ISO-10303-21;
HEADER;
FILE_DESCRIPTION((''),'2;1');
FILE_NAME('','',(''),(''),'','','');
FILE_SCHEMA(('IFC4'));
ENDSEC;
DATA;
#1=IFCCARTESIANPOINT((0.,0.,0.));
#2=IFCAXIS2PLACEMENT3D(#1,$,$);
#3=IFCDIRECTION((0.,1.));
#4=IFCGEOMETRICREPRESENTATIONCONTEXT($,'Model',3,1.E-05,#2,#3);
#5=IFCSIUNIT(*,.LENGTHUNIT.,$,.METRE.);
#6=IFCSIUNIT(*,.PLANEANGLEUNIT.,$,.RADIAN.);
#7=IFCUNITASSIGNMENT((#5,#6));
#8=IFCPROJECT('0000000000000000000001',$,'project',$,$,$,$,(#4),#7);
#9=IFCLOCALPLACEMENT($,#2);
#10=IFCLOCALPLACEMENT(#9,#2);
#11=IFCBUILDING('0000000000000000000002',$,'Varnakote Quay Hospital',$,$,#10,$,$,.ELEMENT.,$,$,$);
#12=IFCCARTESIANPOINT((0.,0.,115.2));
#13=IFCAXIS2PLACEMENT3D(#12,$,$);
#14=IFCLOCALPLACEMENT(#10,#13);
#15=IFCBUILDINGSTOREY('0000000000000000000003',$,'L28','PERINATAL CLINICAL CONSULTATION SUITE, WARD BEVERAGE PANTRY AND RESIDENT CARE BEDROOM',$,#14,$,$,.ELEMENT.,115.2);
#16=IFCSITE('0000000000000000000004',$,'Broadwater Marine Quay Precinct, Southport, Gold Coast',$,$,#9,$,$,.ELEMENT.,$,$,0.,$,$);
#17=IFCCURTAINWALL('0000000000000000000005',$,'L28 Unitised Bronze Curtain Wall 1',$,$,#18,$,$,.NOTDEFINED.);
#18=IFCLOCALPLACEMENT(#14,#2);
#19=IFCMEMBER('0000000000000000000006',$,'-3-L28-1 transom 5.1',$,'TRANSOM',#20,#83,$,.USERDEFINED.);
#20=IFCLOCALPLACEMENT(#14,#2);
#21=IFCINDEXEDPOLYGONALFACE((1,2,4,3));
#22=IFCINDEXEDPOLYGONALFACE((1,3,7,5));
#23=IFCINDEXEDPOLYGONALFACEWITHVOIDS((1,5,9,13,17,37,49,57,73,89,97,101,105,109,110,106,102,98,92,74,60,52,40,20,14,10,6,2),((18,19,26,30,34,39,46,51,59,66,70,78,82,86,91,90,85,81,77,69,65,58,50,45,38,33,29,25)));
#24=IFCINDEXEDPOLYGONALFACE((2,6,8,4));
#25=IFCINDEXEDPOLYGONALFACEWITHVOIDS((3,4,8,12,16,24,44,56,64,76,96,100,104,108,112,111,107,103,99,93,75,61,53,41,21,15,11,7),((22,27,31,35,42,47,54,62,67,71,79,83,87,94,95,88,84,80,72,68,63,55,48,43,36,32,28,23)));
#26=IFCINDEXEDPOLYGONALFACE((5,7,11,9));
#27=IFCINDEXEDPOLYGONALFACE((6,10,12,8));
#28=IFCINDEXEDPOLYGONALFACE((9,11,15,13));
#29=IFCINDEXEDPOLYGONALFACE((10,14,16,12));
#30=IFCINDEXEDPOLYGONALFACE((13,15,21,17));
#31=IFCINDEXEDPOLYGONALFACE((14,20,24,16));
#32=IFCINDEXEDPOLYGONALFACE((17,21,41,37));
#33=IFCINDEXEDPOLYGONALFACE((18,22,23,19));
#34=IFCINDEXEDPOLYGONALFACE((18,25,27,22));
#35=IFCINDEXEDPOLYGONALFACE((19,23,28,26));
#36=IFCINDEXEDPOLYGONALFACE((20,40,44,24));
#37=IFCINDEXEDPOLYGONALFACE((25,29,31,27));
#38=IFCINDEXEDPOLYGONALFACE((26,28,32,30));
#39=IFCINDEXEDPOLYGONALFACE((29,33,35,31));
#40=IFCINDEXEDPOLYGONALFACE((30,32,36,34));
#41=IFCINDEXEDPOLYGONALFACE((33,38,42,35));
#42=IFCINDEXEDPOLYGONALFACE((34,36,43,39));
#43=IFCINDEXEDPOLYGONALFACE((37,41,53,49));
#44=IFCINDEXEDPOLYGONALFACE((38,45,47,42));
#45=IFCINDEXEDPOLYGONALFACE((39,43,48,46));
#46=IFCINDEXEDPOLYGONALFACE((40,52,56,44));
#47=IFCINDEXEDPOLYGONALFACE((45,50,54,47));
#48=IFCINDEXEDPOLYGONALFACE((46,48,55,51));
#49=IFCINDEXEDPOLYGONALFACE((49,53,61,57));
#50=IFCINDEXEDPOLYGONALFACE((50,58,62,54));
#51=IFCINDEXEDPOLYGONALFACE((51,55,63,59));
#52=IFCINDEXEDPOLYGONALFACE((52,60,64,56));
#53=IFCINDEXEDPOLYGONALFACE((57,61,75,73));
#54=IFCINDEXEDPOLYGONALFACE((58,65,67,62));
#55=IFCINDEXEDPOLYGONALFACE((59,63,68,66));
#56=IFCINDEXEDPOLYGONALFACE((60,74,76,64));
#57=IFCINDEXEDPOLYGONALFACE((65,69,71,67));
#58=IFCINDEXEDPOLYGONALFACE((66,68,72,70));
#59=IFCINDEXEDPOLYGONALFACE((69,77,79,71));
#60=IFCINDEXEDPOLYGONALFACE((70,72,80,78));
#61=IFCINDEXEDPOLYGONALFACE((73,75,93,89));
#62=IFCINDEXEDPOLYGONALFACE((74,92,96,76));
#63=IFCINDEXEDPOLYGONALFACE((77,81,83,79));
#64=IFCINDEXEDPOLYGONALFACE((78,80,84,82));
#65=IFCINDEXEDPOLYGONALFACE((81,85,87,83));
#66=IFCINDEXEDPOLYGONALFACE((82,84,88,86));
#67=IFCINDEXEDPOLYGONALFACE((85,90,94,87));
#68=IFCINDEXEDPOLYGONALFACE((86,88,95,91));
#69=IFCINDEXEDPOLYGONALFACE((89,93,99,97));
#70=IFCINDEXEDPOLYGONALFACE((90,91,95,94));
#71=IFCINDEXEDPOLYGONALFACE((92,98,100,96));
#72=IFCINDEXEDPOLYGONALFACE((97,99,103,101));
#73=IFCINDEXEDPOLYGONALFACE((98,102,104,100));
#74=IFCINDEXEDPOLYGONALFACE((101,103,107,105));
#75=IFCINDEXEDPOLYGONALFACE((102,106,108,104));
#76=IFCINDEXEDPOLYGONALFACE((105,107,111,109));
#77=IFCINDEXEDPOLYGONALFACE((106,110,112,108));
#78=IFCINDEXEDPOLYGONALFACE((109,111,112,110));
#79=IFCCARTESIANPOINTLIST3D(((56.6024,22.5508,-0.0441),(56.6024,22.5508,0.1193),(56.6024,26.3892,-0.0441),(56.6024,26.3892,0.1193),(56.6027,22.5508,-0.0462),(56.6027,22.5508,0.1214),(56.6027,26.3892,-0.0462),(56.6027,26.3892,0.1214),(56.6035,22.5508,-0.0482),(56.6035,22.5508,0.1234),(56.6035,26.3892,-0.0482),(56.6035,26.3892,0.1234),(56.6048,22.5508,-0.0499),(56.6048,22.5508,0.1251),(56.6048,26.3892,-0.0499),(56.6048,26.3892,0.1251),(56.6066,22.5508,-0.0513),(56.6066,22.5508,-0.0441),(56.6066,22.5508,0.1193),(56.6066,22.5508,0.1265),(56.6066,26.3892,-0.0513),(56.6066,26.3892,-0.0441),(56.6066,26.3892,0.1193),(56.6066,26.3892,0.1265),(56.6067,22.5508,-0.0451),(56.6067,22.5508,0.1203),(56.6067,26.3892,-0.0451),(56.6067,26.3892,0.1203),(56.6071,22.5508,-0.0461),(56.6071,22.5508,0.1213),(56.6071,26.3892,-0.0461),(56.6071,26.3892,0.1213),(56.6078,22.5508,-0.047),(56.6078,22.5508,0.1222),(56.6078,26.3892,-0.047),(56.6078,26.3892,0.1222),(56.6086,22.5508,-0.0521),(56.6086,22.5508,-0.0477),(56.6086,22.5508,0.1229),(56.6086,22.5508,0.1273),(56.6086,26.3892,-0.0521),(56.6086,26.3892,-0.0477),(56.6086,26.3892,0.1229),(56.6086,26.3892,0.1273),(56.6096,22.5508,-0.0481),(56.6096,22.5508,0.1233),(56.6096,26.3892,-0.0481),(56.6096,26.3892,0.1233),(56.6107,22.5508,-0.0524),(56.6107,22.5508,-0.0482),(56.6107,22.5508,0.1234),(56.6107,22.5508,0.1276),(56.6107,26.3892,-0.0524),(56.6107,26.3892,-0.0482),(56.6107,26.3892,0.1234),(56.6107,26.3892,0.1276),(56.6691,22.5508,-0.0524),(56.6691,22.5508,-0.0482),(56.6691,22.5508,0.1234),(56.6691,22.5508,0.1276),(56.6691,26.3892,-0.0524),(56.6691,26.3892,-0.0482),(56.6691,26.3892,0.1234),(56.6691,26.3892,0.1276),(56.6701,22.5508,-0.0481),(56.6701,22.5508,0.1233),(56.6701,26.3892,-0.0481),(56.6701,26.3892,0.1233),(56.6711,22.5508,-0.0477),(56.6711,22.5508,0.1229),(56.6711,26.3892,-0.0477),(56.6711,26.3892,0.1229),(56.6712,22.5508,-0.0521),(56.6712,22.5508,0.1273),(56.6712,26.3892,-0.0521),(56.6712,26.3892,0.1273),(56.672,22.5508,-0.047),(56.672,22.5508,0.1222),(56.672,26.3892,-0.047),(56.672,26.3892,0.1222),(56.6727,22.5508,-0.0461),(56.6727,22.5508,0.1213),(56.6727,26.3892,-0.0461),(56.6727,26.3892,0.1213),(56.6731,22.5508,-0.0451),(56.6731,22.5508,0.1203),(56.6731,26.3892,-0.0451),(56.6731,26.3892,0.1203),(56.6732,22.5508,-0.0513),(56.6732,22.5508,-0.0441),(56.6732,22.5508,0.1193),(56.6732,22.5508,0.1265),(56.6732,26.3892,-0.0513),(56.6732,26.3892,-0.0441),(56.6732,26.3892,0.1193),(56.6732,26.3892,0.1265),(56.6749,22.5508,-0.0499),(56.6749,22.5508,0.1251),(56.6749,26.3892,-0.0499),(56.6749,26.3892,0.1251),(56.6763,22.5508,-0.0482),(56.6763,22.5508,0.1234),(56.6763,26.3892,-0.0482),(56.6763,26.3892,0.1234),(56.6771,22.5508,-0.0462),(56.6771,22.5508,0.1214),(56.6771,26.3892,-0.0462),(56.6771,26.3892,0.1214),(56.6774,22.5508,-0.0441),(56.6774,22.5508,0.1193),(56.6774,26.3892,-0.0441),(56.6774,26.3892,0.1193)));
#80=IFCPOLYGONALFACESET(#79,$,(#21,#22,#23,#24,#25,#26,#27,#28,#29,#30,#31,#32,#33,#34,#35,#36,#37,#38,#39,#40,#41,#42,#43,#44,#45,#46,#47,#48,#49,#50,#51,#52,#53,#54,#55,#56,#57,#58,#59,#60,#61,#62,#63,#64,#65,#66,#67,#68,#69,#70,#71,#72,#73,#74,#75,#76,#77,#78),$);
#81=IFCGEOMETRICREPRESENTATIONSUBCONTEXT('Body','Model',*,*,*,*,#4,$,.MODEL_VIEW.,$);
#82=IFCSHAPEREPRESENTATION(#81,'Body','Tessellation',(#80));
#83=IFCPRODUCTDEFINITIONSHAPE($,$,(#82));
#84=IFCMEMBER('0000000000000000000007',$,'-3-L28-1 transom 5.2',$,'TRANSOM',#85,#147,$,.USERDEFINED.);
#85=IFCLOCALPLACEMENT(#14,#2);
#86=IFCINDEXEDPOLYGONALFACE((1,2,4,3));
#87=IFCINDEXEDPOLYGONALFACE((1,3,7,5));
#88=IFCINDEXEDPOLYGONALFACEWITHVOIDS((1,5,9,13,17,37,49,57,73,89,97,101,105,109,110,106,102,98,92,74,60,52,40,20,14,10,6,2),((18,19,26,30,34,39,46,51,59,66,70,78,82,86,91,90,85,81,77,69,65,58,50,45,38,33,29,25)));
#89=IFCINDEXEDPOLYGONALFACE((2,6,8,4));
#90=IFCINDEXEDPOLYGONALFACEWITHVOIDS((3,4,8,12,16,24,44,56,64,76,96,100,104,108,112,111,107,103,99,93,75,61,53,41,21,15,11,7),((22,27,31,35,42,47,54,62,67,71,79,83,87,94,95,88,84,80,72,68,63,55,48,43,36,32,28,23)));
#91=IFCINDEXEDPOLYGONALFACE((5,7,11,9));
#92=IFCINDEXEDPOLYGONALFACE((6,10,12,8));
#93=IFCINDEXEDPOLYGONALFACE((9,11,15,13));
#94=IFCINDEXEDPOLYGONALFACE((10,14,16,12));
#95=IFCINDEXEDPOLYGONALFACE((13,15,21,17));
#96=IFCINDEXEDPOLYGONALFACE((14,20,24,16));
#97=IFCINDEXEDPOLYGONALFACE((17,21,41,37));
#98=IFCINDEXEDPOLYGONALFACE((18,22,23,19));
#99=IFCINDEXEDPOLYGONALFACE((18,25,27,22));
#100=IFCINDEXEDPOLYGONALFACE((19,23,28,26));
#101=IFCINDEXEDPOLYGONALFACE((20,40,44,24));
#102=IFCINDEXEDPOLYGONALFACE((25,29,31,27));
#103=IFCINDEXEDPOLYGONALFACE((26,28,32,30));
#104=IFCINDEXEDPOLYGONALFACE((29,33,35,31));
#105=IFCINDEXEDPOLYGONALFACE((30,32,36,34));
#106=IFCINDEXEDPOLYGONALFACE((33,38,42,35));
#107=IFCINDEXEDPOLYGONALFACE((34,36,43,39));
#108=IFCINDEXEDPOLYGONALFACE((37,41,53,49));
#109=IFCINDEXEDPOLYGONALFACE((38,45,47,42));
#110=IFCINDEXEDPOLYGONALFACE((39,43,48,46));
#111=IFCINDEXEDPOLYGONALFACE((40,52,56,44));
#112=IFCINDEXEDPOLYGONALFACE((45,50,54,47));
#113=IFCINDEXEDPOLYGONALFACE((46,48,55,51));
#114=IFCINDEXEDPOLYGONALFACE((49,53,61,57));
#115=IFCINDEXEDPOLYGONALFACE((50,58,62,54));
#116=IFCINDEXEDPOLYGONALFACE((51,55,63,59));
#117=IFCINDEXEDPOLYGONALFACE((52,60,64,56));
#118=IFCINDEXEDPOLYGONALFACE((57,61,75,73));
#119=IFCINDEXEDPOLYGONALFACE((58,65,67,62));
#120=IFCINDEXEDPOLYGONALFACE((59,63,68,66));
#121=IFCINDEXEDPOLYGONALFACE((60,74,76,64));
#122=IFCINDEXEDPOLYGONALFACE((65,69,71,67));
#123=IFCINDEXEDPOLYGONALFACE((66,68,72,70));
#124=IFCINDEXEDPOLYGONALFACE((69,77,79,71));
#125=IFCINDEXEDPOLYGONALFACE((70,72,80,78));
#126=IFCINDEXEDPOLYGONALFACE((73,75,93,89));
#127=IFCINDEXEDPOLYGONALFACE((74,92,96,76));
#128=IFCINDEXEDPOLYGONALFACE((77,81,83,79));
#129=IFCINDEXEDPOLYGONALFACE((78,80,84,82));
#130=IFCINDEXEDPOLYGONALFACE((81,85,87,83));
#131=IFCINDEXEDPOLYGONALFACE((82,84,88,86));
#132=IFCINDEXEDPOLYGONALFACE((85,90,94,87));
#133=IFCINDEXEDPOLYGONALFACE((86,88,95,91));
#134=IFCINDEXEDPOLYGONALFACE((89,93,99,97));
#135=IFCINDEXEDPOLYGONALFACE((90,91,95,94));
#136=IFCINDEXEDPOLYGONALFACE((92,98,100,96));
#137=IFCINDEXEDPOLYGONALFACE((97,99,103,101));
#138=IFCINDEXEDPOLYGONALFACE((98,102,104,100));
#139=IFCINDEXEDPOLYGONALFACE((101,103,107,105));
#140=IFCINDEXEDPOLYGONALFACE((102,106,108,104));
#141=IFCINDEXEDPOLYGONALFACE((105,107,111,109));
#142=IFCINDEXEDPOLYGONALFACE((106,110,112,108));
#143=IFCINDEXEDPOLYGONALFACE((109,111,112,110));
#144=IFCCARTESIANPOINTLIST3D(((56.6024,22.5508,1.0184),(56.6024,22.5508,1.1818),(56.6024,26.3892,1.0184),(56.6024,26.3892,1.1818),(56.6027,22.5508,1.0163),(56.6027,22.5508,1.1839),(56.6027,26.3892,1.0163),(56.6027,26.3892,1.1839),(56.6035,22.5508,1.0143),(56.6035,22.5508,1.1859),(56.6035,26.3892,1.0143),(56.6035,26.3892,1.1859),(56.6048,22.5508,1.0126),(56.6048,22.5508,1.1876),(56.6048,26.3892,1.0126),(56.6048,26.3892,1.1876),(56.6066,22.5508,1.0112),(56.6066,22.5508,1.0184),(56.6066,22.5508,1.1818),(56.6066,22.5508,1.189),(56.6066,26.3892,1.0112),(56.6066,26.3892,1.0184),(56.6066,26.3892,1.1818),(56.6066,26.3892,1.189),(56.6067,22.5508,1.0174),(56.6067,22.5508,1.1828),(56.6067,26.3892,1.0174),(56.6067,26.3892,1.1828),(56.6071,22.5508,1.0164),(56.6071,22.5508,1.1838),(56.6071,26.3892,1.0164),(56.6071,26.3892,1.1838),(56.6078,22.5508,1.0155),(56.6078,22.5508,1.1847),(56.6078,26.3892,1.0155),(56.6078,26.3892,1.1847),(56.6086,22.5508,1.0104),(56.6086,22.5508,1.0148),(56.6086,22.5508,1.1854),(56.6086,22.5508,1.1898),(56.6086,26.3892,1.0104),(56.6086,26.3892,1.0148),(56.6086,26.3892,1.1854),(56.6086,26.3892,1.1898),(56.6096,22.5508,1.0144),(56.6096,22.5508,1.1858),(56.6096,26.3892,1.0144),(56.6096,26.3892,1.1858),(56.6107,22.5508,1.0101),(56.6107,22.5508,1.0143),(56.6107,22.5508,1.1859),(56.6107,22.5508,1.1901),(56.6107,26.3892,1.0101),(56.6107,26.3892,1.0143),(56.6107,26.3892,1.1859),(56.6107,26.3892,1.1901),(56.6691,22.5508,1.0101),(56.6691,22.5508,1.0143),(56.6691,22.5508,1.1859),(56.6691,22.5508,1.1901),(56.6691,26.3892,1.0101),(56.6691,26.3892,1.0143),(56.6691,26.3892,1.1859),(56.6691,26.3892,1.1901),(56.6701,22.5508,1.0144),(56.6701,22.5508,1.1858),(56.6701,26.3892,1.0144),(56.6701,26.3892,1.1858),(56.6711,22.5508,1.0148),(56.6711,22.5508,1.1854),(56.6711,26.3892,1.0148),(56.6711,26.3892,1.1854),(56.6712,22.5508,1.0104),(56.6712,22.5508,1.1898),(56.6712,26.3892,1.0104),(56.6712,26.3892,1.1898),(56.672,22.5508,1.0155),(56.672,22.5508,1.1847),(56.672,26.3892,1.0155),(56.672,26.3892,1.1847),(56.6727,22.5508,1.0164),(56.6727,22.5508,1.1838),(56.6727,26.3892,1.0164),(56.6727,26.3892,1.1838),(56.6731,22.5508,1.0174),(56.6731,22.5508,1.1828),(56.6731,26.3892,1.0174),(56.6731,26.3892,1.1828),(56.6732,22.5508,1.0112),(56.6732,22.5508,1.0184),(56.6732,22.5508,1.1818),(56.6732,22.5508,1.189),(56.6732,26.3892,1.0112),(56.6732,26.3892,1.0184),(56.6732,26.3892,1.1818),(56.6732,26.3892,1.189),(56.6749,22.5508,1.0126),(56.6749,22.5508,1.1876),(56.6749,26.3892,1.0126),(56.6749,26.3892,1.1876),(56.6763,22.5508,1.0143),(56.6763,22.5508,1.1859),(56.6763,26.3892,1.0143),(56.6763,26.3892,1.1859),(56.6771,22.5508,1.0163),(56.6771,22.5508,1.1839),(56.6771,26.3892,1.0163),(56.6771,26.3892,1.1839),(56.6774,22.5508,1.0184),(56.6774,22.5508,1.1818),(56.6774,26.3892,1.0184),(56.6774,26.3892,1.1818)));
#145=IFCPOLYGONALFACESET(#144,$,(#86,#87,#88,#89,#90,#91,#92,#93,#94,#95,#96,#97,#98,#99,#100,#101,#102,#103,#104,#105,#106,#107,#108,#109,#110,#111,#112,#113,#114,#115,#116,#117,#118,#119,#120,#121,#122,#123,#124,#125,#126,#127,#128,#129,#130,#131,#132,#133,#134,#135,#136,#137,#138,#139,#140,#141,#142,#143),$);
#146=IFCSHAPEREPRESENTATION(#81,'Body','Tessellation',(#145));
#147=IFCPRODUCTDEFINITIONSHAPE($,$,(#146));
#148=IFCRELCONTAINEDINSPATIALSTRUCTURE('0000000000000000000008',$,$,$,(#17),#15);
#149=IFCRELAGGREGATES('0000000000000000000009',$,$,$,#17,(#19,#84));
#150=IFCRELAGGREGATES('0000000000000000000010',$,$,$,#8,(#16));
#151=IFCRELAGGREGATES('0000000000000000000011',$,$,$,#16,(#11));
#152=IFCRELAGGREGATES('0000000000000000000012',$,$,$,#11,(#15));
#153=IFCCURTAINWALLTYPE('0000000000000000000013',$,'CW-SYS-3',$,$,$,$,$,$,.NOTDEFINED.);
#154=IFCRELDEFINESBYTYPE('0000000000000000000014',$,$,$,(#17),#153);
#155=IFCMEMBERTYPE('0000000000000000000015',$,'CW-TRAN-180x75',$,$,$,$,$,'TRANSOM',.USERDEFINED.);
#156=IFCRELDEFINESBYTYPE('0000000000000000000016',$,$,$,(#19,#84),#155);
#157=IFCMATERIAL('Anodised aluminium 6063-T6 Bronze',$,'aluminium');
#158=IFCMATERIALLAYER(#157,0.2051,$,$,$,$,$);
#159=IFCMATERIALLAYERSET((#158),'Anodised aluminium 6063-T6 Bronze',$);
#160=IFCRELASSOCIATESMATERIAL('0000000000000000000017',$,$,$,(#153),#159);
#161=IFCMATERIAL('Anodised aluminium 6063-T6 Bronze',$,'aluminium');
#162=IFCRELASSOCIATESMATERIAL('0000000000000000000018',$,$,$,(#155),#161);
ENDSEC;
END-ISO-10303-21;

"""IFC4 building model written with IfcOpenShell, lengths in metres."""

from ifc_helpers import new_model, si_unit, direction, frame, origin, origin_2d, place, context, subcontext, project, spatial, hollow_rectangle, extrude, material, layer, layer_set, material_profile, profile_set, type_object, element, aggregate, save


model = new_model("IFC4")

# Units and contexts
model_context = context("Model", 3, precision=1e-05, world=origin(), true_north=direction((0.0, 1.0)))
body_context = subcontext(model_context, "Body", "Model", "MODEL_VIEW")
ifc_project = project(units=[si_unit("LENGTHUNIT", "METRE"), si_unit("PLANEANGLEUNIT", "RADIAN")], contexts=[model_context])

# Site, building, storey
site_placement = place(None, origin())
site = spatial("IfcSite", under=ifc_project, at=site_placement, Name="Broadwater Marine Quay Precinct, Southport, Gold Coast", CompositionType="ELEMENT", RefElevation=0.0)
building_placement = place(site_placement, origin())
building = spatial("IfcBuilding", under=site, at=building_placement, Name="Varnakote Quay Hospital", CompositionType="ELEMENT")
storey_placement = place(building_placement, frame((0.0, 0.0, 115.2)))
storey = spatial("IfcBuildingStorey", under=building, at=storey_placement, Name="L28", Description="PERINATAL CLINICAL CONSULTATION SUITE, WARD BEVERAGE PANTRY AND RESIDENT CARE BEDROOM", CompositionType="ELEMENT", Elevation=115.2)

# Curtain wall, members
ifc_material_1 = material(Name="Anodised aluminium 6063-T6 Bronze", Category="aluminium")
ifc_layer_1 = layer(ifc_material_1, 0.2051)
ifc_layer_set_1 = layer_set([ifc_layer_1], Name="Anodised aluminium 6063-T6 Bronze")
curtain_wall_type = type_object("IfcCurtainWallType", Name="CW-SYS-3", PredefinedType="NOTDEFINED", material=ifc_layer_set_1)
curtain_wall_placement = place(storey_placement, origin())
curtain_wall = element("IfcCurtainWall", 1, at=curtain_wall_placement, inside=storey, type_object=curtain_wall_type, Name="L28 Unitised Bronze Curtain Wall 1", PredefinedType="NOTDEFINED")
ifc_material_2 = material(Name="Anodised aluminium 6063-T6 Bronze", Category="aluminium")
ifc_material_profile_1 = material_profile(ifc_material_2, hollow_rectangle(XDim=0.075, YDim=0.1799, WallThickness=0.0042, InnerFilletRadius=0.0042, OuterFilletRadius=0.0083, at=origin_2d()), Name="CW-TRAN-180x75")
ifc_profile_set_1 = profile_set([ifc_material_profile_1], Name="Anodised aluminium 6063-T6 Bronze")
member_type_1 = type_object("IfcMemberType", Name="CW-TRAN-180x75", ElementType="TRANSOM", PredefinedType="USERDEFINED", material=ifc_profile_set_1)
member_1_placement = place(storey_placement, frame((56.6399, 22.5508, 0.0376), z_axis=(0.0, 1.0, 0.0), x_axis=(-1.0, 0.0, 0.0)))
member_1 = element("IfcMember", 2, at=member_1_placement, type_object=member_type_1, Name="-3-L28-1 transom 5.1", ObjectType="TRANSOM", PredefinedType="USERDEFINED", context=body_context, shape_type="SweptSolid", body=[
    extrude(hollow_rectangle(XDim=0.075, YDim=0.1799, WallThickness=0.0042, InnerFilletRadius=0.0042, OuterFilletRadius=0.0083, at=origin_2d()), origin(), (0.0, 0.0, 1.0), 3.8384),
])
member_2_placement = place(storey_placement, frame((56.6399, 22.5508, 1.1001), z_axis=(0.0, 1.0, 0.0), x_axis=(-1.0, 0.0, 0.0)))
member_2 = element("IfcMember", 3, at=member_2_placement, type_object=member_type_1, Name="-3-L28-1 transom 5.2", ObjectType="TRANSOM", PredefinedType="USERDEFINED", context=body_context, shape_type="SweptSolid", body=[
    extrude(hollow_rectangle(XDim=0.075, YDim=0.1799, WallThickness=0.0042, InnerFilletRadius=0.0042, OuterFilletRadius=0.0083, at=origin_2d()), origin(), (0.0, 0.0, 1.0), 3.8384),
])
aggregate(curtain_wall, [member_1, member_2])

save(model, "model.ifc")
